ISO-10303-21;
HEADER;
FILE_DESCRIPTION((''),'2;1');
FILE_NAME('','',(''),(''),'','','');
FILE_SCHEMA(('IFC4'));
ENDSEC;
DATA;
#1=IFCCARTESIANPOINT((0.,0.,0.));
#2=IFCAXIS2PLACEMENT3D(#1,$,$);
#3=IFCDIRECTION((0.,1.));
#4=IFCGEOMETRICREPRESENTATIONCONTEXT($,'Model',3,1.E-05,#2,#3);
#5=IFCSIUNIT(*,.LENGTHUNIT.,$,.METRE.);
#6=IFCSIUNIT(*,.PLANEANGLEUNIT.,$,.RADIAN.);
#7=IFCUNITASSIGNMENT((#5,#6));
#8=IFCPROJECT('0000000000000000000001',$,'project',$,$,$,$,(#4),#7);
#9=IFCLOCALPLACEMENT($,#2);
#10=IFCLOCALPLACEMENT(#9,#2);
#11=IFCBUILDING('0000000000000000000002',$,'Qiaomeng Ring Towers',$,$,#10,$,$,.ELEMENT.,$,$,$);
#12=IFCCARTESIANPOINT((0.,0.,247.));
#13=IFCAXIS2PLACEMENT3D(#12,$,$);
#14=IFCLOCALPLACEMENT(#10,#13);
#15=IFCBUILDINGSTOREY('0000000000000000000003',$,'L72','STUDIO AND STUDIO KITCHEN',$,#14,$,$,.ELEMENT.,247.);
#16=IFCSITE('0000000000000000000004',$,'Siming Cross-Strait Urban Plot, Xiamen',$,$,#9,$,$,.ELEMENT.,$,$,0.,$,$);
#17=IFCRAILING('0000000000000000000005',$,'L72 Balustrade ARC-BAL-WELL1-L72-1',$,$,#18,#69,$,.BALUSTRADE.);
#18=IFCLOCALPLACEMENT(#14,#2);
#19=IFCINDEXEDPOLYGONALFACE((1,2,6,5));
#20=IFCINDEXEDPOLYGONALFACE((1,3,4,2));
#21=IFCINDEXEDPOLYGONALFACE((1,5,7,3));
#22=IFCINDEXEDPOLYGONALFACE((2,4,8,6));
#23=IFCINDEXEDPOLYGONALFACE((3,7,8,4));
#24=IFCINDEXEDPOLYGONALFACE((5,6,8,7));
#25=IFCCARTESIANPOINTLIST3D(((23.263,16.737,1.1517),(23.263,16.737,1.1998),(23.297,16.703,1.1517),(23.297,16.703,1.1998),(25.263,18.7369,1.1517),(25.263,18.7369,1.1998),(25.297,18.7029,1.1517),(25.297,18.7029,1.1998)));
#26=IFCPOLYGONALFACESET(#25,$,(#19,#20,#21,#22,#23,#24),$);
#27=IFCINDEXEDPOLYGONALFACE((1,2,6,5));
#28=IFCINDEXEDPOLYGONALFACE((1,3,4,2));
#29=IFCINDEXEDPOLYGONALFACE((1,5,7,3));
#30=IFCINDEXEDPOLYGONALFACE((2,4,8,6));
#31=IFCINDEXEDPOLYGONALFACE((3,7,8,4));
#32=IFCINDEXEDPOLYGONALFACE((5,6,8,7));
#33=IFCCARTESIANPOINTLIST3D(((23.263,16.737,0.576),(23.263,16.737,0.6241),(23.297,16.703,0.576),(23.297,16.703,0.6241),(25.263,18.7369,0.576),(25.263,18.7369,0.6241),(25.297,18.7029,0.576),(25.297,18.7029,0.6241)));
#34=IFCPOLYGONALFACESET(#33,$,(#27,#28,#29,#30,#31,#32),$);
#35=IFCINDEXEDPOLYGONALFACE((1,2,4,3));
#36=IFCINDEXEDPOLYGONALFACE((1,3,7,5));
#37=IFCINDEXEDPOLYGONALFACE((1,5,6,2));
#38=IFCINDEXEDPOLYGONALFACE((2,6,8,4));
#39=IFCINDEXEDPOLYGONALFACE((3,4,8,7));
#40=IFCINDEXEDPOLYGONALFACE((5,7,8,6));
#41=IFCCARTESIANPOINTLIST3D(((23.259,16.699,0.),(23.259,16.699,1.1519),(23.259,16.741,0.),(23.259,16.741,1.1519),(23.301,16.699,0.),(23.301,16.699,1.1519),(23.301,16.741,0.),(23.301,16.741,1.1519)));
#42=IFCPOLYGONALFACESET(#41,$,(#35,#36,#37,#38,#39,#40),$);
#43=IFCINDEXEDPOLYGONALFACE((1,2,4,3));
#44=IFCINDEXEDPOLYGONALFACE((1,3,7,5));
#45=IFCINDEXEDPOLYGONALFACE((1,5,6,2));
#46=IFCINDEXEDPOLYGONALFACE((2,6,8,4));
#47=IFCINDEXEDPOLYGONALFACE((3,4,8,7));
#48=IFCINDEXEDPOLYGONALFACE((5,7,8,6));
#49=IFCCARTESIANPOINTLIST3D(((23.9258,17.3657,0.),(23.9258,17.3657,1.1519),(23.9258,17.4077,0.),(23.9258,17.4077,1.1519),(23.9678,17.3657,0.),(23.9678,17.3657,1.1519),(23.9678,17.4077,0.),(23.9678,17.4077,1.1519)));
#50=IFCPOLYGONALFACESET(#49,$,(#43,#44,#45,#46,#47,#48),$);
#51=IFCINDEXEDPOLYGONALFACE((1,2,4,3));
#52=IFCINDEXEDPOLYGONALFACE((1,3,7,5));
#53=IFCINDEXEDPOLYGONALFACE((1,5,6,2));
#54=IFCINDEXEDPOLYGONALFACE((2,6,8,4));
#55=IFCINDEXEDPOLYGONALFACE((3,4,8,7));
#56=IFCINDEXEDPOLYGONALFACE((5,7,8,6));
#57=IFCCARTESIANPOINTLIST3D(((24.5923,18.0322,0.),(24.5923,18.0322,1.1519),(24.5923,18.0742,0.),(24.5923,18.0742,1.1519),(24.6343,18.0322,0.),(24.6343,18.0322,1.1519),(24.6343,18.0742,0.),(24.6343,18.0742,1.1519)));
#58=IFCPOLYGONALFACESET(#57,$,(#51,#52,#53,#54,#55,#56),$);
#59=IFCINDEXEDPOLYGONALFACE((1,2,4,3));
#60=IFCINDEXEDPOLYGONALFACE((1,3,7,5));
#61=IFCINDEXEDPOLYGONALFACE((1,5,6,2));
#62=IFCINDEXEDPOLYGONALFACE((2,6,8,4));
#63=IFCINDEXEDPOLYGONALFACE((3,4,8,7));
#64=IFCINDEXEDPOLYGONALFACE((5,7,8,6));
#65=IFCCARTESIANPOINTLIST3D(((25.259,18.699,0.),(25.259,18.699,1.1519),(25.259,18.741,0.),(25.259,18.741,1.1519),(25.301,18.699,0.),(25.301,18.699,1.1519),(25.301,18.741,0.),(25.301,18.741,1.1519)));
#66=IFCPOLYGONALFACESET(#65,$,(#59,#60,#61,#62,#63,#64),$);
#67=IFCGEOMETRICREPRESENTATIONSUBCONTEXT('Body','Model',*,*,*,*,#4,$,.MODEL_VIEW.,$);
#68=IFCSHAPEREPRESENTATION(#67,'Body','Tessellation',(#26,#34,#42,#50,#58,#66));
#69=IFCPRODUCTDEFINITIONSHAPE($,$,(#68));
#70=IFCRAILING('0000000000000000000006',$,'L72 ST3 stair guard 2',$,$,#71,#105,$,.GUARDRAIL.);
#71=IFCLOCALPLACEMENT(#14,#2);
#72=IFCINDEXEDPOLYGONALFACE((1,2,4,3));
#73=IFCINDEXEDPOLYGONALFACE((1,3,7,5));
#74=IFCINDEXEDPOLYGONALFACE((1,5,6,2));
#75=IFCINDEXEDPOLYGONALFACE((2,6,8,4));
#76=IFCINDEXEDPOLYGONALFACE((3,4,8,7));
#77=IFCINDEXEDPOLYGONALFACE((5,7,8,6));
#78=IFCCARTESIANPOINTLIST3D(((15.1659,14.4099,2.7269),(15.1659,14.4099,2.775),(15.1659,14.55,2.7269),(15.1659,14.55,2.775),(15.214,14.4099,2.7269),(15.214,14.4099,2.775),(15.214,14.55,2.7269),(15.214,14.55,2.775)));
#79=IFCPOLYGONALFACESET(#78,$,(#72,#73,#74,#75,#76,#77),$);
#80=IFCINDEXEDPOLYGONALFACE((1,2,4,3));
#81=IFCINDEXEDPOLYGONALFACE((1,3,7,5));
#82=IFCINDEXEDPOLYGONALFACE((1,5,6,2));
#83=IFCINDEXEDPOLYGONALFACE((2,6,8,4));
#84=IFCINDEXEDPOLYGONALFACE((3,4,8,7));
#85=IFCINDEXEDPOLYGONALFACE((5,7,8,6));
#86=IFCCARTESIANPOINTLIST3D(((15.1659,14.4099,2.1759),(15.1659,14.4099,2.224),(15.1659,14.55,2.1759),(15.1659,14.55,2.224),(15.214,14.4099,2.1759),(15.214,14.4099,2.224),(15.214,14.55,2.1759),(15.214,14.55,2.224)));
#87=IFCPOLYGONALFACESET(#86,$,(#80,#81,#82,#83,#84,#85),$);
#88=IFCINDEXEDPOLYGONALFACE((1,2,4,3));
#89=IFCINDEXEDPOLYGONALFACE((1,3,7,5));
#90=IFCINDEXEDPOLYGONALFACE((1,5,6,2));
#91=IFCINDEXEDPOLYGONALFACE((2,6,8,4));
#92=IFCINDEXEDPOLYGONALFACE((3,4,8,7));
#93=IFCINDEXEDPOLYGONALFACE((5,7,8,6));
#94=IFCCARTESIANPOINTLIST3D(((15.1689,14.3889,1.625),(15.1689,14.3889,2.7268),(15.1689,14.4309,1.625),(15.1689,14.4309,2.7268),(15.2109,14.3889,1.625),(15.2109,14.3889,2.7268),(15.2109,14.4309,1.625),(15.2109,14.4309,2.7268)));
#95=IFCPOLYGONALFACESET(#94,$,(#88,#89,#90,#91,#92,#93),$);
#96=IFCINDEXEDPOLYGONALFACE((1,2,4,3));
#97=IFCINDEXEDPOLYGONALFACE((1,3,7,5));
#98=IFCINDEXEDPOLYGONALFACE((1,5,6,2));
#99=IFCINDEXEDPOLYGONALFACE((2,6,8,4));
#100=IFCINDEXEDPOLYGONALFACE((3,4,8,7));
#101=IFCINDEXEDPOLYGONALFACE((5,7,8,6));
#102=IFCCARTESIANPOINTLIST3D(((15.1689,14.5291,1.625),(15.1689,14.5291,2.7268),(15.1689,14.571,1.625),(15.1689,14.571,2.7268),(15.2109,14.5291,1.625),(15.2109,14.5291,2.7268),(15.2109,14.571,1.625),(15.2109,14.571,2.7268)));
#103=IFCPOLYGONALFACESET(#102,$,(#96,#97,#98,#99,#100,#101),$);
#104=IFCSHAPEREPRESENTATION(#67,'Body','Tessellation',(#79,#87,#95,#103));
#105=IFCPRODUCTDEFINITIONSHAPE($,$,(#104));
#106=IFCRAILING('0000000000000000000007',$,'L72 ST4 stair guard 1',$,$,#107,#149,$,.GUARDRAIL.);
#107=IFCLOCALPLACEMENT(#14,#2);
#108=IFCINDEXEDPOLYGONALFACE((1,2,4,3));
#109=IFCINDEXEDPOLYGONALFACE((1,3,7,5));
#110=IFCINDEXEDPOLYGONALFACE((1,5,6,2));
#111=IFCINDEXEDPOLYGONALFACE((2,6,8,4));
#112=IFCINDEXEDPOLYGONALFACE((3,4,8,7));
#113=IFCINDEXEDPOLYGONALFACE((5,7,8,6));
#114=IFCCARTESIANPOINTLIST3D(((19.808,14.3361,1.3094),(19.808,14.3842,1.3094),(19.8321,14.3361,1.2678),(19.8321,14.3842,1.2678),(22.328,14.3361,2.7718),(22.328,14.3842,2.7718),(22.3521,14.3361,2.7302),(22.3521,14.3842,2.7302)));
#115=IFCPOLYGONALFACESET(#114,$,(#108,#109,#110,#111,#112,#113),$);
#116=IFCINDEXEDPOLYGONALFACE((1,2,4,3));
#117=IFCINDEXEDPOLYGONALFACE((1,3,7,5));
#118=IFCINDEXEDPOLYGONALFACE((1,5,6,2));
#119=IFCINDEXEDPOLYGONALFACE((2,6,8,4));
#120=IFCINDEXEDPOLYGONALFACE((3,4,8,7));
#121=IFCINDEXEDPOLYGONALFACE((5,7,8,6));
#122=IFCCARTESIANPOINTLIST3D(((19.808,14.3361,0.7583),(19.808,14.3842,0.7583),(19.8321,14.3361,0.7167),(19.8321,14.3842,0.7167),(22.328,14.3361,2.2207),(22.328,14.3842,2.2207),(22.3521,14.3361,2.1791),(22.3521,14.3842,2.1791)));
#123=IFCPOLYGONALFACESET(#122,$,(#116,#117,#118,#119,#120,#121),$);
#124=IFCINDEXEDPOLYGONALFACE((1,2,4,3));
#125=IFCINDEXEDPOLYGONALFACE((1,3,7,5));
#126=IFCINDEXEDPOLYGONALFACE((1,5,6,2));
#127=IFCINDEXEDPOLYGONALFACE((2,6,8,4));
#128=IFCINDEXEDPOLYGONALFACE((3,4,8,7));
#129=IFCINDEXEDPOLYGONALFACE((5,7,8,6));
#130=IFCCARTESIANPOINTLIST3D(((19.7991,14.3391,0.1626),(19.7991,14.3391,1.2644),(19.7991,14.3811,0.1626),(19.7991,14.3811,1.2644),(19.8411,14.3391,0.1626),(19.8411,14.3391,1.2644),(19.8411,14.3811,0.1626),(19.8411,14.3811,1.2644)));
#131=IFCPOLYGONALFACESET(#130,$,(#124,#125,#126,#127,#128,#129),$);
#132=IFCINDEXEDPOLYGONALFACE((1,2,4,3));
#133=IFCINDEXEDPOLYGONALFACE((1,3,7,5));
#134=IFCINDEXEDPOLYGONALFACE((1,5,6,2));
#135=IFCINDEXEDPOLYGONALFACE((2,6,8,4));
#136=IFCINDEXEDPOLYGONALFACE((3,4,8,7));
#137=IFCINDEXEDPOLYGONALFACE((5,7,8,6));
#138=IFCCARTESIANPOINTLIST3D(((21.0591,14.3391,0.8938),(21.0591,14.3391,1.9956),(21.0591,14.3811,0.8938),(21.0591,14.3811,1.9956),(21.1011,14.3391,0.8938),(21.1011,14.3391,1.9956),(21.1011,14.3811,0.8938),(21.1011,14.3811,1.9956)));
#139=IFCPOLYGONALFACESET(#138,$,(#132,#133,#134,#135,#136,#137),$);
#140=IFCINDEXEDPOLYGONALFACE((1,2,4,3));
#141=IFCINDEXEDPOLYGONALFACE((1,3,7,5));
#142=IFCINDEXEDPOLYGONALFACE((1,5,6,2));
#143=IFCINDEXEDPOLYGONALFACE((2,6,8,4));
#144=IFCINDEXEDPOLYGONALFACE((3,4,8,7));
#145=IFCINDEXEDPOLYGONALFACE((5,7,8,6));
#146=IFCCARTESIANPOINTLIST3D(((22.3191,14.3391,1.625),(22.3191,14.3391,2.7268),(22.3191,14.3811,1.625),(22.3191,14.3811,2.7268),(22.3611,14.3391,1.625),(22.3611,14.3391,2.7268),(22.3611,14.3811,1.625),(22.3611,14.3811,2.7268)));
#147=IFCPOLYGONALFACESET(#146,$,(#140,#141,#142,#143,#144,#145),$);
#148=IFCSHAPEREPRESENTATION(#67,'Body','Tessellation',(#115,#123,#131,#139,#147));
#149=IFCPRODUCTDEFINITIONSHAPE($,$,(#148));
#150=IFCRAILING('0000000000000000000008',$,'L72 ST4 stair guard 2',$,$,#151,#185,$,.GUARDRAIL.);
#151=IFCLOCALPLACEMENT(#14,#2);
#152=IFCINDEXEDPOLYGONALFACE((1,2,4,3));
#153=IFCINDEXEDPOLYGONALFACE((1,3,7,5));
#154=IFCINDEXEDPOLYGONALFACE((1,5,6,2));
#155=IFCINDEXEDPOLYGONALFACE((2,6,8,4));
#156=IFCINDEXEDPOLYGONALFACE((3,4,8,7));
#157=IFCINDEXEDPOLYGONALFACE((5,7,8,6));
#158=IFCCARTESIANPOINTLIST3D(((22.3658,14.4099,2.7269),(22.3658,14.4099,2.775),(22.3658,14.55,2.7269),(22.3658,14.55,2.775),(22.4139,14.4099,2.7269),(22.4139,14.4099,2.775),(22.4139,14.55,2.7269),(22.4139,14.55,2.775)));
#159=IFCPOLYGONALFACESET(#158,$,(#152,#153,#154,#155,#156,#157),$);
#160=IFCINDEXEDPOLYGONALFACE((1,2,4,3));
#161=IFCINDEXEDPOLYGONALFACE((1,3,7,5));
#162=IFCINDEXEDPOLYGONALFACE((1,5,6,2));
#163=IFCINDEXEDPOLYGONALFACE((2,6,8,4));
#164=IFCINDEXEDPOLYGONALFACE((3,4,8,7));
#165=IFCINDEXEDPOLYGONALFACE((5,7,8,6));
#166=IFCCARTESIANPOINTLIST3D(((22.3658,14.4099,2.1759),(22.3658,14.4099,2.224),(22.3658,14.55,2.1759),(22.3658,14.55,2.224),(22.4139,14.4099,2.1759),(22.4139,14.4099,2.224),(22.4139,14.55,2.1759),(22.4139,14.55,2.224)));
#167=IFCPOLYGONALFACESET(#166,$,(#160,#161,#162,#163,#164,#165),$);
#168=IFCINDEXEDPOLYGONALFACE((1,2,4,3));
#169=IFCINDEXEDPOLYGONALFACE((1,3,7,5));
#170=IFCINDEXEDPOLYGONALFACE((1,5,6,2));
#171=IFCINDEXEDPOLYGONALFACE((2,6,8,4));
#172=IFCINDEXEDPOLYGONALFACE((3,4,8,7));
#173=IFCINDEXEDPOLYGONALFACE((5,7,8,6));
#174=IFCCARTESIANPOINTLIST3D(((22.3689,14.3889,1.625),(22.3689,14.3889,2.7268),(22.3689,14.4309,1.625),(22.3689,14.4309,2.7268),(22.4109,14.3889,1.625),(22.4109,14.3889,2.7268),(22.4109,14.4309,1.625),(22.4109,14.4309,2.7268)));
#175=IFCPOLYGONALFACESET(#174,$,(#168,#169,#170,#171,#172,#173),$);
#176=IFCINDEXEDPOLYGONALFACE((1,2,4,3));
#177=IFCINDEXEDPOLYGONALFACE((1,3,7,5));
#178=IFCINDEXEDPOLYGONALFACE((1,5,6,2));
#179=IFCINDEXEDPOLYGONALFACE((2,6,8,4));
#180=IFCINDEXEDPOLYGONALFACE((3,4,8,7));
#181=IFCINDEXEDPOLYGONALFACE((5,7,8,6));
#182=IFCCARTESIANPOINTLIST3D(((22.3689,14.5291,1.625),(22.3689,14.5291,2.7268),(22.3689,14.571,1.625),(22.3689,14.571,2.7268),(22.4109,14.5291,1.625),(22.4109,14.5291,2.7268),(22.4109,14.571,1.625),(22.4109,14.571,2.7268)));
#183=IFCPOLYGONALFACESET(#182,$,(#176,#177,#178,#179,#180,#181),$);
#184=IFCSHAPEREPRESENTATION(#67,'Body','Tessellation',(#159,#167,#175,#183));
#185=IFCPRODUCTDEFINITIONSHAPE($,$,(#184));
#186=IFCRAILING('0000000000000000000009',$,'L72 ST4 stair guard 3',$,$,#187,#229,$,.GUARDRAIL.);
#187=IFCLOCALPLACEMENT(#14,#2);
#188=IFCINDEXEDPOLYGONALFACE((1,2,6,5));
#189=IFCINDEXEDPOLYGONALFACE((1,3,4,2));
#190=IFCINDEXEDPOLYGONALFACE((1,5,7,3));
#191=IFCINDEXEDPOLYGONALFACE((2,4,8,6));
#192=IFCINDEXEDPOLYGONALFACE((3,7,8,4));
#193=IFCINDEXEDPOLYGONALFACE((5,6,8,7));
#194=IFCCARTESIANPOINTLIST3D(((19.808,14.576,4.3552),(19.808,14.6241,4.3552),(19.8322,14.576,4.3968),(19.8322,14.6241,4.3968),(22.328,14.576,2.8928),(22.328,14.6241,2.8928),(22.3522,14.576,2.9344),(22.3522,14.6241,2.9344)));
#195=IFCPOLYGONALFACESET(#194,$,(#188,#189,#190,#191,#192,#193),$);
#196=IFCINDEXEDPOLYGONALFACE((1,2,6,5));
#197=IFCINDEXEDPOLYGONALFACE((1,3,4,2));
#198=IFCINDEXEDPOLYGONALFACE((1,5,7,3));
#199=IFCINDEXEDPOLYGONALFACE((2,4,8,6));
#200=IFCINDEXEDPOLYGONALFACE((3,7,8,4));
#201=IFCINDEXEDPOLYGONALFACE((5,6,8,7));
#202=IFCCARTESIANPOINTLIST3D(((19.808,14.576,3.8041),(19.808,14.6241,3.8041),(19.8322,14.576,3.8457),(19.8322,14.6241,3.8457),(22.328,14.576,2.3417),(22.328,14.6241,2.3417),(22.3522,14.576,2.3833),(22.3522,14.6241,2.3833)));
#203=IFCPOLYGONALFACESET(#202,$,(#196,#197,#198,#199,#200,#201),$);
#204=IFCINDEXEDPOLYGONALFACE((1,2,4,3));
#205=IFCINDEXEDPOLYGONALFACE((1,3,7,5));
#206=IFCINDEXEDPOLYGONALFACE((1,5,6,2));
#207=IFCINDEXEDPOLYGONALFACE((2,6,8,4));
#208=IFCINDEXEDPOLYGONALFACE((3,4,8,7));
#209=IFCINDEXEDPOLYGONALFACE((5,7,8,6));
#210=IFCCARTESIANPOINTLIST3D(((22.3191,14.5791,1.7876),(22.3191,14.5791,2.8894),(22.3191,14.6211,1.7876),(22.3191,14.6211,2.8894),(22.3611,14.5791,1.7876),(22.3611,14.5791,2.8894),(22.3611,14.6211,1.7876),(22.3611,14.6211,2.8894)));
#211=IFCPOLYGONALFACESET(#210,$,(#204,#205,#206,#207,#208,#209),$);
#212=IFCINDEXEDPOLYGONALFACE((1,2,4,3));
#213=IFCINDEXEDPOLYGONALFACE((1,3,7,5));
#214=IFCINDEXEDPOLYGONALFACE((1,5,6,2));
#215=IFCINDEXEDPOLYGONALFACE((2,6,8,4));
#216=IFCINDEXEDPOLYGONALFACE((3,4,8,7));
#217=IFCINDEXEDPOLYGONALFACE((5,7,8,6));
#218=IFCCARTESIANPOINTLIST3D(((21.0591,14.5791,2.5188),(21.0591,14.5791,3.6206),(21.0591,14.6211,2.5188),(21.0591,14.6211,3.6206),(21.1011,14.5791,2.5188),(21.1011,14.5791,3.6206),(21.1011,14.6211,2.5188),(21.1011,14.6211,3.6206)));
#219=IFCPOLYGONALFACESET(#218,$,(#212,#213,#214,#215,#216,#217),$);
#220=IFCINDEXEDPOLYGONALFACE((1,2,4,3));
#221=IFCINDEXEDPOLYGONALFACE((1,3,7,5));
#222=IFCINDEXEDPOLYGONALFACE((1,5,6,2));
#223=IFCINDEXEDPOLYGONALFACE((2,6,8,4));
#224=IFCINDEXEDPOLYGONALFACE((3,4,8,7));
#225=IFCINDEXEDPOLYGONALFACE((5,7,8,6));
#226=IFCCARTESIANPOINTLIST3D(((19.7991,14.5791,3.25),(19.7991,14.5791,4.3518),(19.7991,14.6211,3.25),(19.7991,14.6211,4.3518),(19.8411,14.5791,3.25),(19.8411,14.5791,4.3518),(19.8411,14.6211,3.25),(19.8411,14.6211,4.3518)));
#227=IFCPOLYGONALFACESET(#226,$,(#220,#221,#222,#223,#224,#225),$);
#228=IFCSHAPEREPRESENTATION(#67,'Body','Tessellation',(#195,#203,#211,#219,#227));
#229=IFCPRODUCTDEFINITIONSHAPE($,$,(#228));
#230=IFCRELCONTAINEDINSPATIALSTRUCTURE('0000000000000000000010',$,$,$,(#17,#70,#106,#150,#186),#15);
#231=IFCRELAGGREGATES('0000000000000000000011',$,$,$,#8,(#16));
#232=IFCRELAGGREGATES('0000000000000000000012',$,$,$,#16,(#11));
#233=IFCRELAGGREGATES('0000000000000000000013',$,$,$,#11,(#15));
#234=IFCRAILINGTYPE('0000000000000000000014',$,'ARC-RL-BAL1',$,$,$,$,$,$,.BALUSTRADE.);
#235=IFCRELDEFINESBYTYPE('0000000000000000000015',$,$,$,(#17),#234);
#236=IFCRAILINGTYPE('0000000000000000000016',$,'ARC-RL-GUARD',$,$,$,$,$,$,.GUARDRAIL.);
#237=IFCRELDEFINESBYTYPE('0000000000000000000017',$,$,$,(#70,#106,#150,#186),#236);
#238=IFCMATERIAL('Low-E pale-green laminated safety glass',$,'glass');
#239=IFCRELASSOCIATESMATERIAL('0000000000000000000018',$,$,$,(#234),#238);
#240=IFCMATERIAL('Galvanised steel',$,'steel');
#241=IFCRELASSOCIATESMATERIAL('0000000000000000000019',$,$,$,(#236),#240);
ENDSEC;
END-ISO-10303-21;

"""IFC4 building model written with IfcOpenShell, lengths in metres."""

from ifc_helpers import new_model, si_unit, direction, frame, origin, origin_2d, place, context, subcontext, project, spatial, rectangle, extrude, material, type_object, element, save


model = new_model("IFC4")

# Units and contexts
model_context = context("Model", 3, precision=1e-05, world=origin(), true_north=direction((0.0, 1.0)))
body_context = subcontext(model_context, "Body", "Model", "MODEL_VIEW")
ifc_project = project(units=[si_unit("LENGTHUNIT", "METRE"), si_unit("PLANEANGLEUNIT", "RADIAN")], contexts=[model_context])

# Site, building, storey
site_placement = place(None, origin())
site = spatial("IfcSite", under=ifc_project, at=site_placement, Name="Siming Cross-Strait Urban Plot, Xiamen", CompositionType="ELEMENT", RefElevation=0.0)
building_placement = place(site_placement, origin())
building = spatial("IfcBuilding", under=site, at=building_placement, Name="Qiaomeng Ring Towers", CompositionType="ELEMENT")
storey_placement = place(building_placement, frame((0.0, 0.0, 247.0)))
storey = spatial("IfcBuildingStorey", under=building, at=storey_placement, Name="L72", Description="STUDIO AND STUDIO KITCHEN", CompositionType="ELEMENT", Elevation=247.0)

# Shared definitions
ifc_material_1 = material(Name="Galvanised steel", Category="steel")

# Railings
ifc_material_2 = material(Name="Low-E pale-green laminated safety glass", Category="glass")
railing_type_1 = type_object("IfcRailingType", Name="ARC-RL-BAL1", PredefinedType="BALUSTRADE", material=ifc_material_2)
railing_1_placement = place(storey_placement, frame((23.28, 16.72, 0.0)))
element("IfcRailing", 1, at=railing_1_placement, inside=storey, type_object=railing_type_1, Name="L72 Balustrade ARC-BAL-WELL1-L72-1", PredefinedType="BALUSTRADE", context=body_context, shape_type="SweptSolid", body=[
    extrude(rectangle(XDim=0.0481, YDim=0.0481, at=origin_2d()), frame((0.0, 0.0, 1.1758), z_axis=(0.707107, 0.707107, 0.0), x_axis=(-0.707107, 0.707107, 0.0)), (0.0, 0.0, 1.0), 2.8284),
    extrude(rectangle(XDim=0.0481, YDim=0.0481, at=origin_2d()), frame((0.0, 0.0, 0.6001), z_axis=(0.707107, 0.707107, 0.0), x_axis=(-0.707107, 0.707107, 0.0)), (0.0, 0.0, 1.0), 2.8284),
    extrude(rectangle(XDim=0.042, YDim=0.042, at=origin_2d()), origin(), (0.0, 0.0, 1.0), 1.1519),
    extrude(rectangle(XDim=0.042, YDim=0.042, at=origin_2d()), frame((0.6667, 0.6667, 0.0)), (0.0, 0.0, 1.0), 1.1519),
    extrude(rectangle(XDim=0.042, YDim=0.042, at=origin_2d()), frame((1.3333, 1.3333, 0.0)), (0.0, 0.0, 1.0), 1.1519),
    extrude(rectangle(XDim=0.042, YDim=0.042, at=origin_2d()), frame((2.0, 2.0, 0.0)), (0.0, 0.0, 1.0), 1.1519),
])
railing_type_2 = type_object("IfcRailingType", Name="ARC-RL-GUARD", PredefinedType="GUARDRAIL", material=ifc_material_1)
railing_2_placement = place(storey_placement, frame((15.1899, 14.4099, 1.625)))
element("IfcRailing", 2, at=railing_2_placement, inside=storey, type_object=railing_type_2, Name="L72 ST3 stair guard 2", PredefinedType="GUARDRAIL", context=body_context, shape_type="SweptSolid", body=[
    extrude(rectangle(XDim=0.0481, YDim=0.0481, at=origin_2d()), frame((0.0, 0.0, 1.126), z_axis=(0.0, 1.0, 0.0), x_axis=(-1.0, 0.0, 0.0)), (0.0, 0.0, 1.0), 0.1401),
    extrude(rectangle(XDim=0.0481, YDim=0.0481, at=origin_2d()), frame((0.0, 0.0, 0.575), z_axis=(0.0, 1.0, 0.0), x_axis=(-1.0, 0.0, 0.0)), (0.0, 0.0, 1.0), 0.1401),
    extrude(rectangle(XDim=0.042, YDim=0.042, at=origin_2d()), origin(), (0.0, 0.0, 1.0), 1.1018),
    extrude(rectangle(XDim=0.042, YDim=0.042, at=origin_2d()), frame((0.0, 0.1401, 0.0)), (0.0, 0.0, 1.0), 1.1018),
])
railing_3_placement = place(storey_placement, frame((19.8201, 14.3601, 0.1626)))
element("IfcRailing", 3, at=railing_3_placement, inside=storey, type_object=railing_type_2, Name="L72 ST4 stair guard 1", PredefinedType="GUARDRAIL", context=body_context, shape_type="SweptSolid", body=[
    extrude(rectangle(XDim=0.0481, YDim=0.0481, at=origin_2d()), frame((0.0, 0.0, 1.126), z_axis=(0.864913, 0.0, 0.501921), x_axis=(0.0, 1.0, 0.0)), (0.0, 0.0, 1.0), 2.9136),
    extrude(rectangle(XDim=0.0481, YDim=0.0481, at=origin_2d()), frame((0.0, 0.0, 0.575), z_axis=(0.864913, 0.0, 0.501921), x_axis=(0.0, 1.0, 0.0)), (0.0, 0.0, 1.0), 2.9136),
    extrude(rectangle(XDim=0.042, YDim=0.042, at=origin_2d()), origin(), (0.0, 0.0, 1.0), 1.1018),
    extrude(rectangle(XDim=0.042, YDim=0.042, at=origin_2d()), frame((1.26, 0.0, 0.7312)), (0.0, 0.0, 1.0), 1.1018),
    extrude(rectangle(XDim=0.042, YDim=0.042, at=origin_2d()), frame((2.52, 0.0, 1.4624)), (0.0, 0.0, 1.0), 1.1018),
])
railing_4_placement = place(storey_placement, frame((22.3899, 14.4099, 1.625)))
element("IfcRailing", 4, at=railing_4_placement, inside=storey, type_object=railing_type_2, Name="L72 ST4 stair guard 2", PredefinedType="GUARDRAIL", context=body_context, shape_type="SweptSolid", body=[
    extrude(rectangle(XDim=0.0481, YDim=0.0481, at=origin_2d()), frame((0.0, 0.0, 1.126), z_axis=(0.0, 1.0, 0.0), x_axis=(-1.0, 0.0, 0.0)), (0.0, 0.0, 1.0), 0.1401),
    extrude(rectangle(XDim=0.0481, YDim=0.0481, at=origin_2d()), frame((0.0, 0.0, 0.575), z_axis=(0.0, 1.0, 0.0), x_axis=(-1.0, 0.0, 0.0)), (0.0, 0.0, 1.0), 0.1401),
    extrude(rectangle(XDim=0.042, YDim=0.042, at=origin_2d()), origin(), (0.0, 0.0, 1.0), 1.1018),
    extrude(rectangle(XDim=0.042, YDim=0.042, at=origin_2d()), frame((0.0, 0.1401, 0.0)), (0.0, 0.0, 1.0), 1.1018),
])
railing_5_placement = place(storey_placement, frame((22.3401, 14.6001, 1.7876)))
element("IfcRailing", 5, at=railing_5_placement, inside=storey, type_object=railing_type_2, Name="L72 ST4 stair guard 3", PredefinedType="GUARDRAIL", context=body_context, shape_type="SweptSolid", body=[
    extrude(rectangle(XDim=0.0481, YDim=0.0481, at=origin_2d()), frame((0.0, 0.0, 1.126), z_axis=(-0.864913, 0.0, 0.501921), x_axis=(0.0, -1.0, 0.0)), (0.0, 0.0, 1.0), 2.9136),
    extrude(rectangle(XDim=0.0481, YDim=0.0481, at=origin_2d()), frame((0.0, 0.0, 0.575), z_axis=(-0.864913, 0.0, 0.501921), x_axis=(0.0, -1.0, 0.0)), (0.0, 0.0, 1.0), 2.9136),
    extrude(rectangle(XDim=0.042, YDim=0.042, at=origin_2d()), origin(), (0.0, 0.0, 1.0), 1.1018),
    extrude(rectangle(XDim=0.042, YDim=0.042, at=origin_2d()), frame((-1.26, 0.0, 0.7312)), (0.0, 0.0, 1.0), 1.1018),
    extrude(rectangle(XDim=0.042, YDim=0.042, at=origin_2d()), frame((-2.52, 0.0, 1.4624)), (0.0, 0.0, 1.0), 1.1018),
])

save(model, "model.ifc")
